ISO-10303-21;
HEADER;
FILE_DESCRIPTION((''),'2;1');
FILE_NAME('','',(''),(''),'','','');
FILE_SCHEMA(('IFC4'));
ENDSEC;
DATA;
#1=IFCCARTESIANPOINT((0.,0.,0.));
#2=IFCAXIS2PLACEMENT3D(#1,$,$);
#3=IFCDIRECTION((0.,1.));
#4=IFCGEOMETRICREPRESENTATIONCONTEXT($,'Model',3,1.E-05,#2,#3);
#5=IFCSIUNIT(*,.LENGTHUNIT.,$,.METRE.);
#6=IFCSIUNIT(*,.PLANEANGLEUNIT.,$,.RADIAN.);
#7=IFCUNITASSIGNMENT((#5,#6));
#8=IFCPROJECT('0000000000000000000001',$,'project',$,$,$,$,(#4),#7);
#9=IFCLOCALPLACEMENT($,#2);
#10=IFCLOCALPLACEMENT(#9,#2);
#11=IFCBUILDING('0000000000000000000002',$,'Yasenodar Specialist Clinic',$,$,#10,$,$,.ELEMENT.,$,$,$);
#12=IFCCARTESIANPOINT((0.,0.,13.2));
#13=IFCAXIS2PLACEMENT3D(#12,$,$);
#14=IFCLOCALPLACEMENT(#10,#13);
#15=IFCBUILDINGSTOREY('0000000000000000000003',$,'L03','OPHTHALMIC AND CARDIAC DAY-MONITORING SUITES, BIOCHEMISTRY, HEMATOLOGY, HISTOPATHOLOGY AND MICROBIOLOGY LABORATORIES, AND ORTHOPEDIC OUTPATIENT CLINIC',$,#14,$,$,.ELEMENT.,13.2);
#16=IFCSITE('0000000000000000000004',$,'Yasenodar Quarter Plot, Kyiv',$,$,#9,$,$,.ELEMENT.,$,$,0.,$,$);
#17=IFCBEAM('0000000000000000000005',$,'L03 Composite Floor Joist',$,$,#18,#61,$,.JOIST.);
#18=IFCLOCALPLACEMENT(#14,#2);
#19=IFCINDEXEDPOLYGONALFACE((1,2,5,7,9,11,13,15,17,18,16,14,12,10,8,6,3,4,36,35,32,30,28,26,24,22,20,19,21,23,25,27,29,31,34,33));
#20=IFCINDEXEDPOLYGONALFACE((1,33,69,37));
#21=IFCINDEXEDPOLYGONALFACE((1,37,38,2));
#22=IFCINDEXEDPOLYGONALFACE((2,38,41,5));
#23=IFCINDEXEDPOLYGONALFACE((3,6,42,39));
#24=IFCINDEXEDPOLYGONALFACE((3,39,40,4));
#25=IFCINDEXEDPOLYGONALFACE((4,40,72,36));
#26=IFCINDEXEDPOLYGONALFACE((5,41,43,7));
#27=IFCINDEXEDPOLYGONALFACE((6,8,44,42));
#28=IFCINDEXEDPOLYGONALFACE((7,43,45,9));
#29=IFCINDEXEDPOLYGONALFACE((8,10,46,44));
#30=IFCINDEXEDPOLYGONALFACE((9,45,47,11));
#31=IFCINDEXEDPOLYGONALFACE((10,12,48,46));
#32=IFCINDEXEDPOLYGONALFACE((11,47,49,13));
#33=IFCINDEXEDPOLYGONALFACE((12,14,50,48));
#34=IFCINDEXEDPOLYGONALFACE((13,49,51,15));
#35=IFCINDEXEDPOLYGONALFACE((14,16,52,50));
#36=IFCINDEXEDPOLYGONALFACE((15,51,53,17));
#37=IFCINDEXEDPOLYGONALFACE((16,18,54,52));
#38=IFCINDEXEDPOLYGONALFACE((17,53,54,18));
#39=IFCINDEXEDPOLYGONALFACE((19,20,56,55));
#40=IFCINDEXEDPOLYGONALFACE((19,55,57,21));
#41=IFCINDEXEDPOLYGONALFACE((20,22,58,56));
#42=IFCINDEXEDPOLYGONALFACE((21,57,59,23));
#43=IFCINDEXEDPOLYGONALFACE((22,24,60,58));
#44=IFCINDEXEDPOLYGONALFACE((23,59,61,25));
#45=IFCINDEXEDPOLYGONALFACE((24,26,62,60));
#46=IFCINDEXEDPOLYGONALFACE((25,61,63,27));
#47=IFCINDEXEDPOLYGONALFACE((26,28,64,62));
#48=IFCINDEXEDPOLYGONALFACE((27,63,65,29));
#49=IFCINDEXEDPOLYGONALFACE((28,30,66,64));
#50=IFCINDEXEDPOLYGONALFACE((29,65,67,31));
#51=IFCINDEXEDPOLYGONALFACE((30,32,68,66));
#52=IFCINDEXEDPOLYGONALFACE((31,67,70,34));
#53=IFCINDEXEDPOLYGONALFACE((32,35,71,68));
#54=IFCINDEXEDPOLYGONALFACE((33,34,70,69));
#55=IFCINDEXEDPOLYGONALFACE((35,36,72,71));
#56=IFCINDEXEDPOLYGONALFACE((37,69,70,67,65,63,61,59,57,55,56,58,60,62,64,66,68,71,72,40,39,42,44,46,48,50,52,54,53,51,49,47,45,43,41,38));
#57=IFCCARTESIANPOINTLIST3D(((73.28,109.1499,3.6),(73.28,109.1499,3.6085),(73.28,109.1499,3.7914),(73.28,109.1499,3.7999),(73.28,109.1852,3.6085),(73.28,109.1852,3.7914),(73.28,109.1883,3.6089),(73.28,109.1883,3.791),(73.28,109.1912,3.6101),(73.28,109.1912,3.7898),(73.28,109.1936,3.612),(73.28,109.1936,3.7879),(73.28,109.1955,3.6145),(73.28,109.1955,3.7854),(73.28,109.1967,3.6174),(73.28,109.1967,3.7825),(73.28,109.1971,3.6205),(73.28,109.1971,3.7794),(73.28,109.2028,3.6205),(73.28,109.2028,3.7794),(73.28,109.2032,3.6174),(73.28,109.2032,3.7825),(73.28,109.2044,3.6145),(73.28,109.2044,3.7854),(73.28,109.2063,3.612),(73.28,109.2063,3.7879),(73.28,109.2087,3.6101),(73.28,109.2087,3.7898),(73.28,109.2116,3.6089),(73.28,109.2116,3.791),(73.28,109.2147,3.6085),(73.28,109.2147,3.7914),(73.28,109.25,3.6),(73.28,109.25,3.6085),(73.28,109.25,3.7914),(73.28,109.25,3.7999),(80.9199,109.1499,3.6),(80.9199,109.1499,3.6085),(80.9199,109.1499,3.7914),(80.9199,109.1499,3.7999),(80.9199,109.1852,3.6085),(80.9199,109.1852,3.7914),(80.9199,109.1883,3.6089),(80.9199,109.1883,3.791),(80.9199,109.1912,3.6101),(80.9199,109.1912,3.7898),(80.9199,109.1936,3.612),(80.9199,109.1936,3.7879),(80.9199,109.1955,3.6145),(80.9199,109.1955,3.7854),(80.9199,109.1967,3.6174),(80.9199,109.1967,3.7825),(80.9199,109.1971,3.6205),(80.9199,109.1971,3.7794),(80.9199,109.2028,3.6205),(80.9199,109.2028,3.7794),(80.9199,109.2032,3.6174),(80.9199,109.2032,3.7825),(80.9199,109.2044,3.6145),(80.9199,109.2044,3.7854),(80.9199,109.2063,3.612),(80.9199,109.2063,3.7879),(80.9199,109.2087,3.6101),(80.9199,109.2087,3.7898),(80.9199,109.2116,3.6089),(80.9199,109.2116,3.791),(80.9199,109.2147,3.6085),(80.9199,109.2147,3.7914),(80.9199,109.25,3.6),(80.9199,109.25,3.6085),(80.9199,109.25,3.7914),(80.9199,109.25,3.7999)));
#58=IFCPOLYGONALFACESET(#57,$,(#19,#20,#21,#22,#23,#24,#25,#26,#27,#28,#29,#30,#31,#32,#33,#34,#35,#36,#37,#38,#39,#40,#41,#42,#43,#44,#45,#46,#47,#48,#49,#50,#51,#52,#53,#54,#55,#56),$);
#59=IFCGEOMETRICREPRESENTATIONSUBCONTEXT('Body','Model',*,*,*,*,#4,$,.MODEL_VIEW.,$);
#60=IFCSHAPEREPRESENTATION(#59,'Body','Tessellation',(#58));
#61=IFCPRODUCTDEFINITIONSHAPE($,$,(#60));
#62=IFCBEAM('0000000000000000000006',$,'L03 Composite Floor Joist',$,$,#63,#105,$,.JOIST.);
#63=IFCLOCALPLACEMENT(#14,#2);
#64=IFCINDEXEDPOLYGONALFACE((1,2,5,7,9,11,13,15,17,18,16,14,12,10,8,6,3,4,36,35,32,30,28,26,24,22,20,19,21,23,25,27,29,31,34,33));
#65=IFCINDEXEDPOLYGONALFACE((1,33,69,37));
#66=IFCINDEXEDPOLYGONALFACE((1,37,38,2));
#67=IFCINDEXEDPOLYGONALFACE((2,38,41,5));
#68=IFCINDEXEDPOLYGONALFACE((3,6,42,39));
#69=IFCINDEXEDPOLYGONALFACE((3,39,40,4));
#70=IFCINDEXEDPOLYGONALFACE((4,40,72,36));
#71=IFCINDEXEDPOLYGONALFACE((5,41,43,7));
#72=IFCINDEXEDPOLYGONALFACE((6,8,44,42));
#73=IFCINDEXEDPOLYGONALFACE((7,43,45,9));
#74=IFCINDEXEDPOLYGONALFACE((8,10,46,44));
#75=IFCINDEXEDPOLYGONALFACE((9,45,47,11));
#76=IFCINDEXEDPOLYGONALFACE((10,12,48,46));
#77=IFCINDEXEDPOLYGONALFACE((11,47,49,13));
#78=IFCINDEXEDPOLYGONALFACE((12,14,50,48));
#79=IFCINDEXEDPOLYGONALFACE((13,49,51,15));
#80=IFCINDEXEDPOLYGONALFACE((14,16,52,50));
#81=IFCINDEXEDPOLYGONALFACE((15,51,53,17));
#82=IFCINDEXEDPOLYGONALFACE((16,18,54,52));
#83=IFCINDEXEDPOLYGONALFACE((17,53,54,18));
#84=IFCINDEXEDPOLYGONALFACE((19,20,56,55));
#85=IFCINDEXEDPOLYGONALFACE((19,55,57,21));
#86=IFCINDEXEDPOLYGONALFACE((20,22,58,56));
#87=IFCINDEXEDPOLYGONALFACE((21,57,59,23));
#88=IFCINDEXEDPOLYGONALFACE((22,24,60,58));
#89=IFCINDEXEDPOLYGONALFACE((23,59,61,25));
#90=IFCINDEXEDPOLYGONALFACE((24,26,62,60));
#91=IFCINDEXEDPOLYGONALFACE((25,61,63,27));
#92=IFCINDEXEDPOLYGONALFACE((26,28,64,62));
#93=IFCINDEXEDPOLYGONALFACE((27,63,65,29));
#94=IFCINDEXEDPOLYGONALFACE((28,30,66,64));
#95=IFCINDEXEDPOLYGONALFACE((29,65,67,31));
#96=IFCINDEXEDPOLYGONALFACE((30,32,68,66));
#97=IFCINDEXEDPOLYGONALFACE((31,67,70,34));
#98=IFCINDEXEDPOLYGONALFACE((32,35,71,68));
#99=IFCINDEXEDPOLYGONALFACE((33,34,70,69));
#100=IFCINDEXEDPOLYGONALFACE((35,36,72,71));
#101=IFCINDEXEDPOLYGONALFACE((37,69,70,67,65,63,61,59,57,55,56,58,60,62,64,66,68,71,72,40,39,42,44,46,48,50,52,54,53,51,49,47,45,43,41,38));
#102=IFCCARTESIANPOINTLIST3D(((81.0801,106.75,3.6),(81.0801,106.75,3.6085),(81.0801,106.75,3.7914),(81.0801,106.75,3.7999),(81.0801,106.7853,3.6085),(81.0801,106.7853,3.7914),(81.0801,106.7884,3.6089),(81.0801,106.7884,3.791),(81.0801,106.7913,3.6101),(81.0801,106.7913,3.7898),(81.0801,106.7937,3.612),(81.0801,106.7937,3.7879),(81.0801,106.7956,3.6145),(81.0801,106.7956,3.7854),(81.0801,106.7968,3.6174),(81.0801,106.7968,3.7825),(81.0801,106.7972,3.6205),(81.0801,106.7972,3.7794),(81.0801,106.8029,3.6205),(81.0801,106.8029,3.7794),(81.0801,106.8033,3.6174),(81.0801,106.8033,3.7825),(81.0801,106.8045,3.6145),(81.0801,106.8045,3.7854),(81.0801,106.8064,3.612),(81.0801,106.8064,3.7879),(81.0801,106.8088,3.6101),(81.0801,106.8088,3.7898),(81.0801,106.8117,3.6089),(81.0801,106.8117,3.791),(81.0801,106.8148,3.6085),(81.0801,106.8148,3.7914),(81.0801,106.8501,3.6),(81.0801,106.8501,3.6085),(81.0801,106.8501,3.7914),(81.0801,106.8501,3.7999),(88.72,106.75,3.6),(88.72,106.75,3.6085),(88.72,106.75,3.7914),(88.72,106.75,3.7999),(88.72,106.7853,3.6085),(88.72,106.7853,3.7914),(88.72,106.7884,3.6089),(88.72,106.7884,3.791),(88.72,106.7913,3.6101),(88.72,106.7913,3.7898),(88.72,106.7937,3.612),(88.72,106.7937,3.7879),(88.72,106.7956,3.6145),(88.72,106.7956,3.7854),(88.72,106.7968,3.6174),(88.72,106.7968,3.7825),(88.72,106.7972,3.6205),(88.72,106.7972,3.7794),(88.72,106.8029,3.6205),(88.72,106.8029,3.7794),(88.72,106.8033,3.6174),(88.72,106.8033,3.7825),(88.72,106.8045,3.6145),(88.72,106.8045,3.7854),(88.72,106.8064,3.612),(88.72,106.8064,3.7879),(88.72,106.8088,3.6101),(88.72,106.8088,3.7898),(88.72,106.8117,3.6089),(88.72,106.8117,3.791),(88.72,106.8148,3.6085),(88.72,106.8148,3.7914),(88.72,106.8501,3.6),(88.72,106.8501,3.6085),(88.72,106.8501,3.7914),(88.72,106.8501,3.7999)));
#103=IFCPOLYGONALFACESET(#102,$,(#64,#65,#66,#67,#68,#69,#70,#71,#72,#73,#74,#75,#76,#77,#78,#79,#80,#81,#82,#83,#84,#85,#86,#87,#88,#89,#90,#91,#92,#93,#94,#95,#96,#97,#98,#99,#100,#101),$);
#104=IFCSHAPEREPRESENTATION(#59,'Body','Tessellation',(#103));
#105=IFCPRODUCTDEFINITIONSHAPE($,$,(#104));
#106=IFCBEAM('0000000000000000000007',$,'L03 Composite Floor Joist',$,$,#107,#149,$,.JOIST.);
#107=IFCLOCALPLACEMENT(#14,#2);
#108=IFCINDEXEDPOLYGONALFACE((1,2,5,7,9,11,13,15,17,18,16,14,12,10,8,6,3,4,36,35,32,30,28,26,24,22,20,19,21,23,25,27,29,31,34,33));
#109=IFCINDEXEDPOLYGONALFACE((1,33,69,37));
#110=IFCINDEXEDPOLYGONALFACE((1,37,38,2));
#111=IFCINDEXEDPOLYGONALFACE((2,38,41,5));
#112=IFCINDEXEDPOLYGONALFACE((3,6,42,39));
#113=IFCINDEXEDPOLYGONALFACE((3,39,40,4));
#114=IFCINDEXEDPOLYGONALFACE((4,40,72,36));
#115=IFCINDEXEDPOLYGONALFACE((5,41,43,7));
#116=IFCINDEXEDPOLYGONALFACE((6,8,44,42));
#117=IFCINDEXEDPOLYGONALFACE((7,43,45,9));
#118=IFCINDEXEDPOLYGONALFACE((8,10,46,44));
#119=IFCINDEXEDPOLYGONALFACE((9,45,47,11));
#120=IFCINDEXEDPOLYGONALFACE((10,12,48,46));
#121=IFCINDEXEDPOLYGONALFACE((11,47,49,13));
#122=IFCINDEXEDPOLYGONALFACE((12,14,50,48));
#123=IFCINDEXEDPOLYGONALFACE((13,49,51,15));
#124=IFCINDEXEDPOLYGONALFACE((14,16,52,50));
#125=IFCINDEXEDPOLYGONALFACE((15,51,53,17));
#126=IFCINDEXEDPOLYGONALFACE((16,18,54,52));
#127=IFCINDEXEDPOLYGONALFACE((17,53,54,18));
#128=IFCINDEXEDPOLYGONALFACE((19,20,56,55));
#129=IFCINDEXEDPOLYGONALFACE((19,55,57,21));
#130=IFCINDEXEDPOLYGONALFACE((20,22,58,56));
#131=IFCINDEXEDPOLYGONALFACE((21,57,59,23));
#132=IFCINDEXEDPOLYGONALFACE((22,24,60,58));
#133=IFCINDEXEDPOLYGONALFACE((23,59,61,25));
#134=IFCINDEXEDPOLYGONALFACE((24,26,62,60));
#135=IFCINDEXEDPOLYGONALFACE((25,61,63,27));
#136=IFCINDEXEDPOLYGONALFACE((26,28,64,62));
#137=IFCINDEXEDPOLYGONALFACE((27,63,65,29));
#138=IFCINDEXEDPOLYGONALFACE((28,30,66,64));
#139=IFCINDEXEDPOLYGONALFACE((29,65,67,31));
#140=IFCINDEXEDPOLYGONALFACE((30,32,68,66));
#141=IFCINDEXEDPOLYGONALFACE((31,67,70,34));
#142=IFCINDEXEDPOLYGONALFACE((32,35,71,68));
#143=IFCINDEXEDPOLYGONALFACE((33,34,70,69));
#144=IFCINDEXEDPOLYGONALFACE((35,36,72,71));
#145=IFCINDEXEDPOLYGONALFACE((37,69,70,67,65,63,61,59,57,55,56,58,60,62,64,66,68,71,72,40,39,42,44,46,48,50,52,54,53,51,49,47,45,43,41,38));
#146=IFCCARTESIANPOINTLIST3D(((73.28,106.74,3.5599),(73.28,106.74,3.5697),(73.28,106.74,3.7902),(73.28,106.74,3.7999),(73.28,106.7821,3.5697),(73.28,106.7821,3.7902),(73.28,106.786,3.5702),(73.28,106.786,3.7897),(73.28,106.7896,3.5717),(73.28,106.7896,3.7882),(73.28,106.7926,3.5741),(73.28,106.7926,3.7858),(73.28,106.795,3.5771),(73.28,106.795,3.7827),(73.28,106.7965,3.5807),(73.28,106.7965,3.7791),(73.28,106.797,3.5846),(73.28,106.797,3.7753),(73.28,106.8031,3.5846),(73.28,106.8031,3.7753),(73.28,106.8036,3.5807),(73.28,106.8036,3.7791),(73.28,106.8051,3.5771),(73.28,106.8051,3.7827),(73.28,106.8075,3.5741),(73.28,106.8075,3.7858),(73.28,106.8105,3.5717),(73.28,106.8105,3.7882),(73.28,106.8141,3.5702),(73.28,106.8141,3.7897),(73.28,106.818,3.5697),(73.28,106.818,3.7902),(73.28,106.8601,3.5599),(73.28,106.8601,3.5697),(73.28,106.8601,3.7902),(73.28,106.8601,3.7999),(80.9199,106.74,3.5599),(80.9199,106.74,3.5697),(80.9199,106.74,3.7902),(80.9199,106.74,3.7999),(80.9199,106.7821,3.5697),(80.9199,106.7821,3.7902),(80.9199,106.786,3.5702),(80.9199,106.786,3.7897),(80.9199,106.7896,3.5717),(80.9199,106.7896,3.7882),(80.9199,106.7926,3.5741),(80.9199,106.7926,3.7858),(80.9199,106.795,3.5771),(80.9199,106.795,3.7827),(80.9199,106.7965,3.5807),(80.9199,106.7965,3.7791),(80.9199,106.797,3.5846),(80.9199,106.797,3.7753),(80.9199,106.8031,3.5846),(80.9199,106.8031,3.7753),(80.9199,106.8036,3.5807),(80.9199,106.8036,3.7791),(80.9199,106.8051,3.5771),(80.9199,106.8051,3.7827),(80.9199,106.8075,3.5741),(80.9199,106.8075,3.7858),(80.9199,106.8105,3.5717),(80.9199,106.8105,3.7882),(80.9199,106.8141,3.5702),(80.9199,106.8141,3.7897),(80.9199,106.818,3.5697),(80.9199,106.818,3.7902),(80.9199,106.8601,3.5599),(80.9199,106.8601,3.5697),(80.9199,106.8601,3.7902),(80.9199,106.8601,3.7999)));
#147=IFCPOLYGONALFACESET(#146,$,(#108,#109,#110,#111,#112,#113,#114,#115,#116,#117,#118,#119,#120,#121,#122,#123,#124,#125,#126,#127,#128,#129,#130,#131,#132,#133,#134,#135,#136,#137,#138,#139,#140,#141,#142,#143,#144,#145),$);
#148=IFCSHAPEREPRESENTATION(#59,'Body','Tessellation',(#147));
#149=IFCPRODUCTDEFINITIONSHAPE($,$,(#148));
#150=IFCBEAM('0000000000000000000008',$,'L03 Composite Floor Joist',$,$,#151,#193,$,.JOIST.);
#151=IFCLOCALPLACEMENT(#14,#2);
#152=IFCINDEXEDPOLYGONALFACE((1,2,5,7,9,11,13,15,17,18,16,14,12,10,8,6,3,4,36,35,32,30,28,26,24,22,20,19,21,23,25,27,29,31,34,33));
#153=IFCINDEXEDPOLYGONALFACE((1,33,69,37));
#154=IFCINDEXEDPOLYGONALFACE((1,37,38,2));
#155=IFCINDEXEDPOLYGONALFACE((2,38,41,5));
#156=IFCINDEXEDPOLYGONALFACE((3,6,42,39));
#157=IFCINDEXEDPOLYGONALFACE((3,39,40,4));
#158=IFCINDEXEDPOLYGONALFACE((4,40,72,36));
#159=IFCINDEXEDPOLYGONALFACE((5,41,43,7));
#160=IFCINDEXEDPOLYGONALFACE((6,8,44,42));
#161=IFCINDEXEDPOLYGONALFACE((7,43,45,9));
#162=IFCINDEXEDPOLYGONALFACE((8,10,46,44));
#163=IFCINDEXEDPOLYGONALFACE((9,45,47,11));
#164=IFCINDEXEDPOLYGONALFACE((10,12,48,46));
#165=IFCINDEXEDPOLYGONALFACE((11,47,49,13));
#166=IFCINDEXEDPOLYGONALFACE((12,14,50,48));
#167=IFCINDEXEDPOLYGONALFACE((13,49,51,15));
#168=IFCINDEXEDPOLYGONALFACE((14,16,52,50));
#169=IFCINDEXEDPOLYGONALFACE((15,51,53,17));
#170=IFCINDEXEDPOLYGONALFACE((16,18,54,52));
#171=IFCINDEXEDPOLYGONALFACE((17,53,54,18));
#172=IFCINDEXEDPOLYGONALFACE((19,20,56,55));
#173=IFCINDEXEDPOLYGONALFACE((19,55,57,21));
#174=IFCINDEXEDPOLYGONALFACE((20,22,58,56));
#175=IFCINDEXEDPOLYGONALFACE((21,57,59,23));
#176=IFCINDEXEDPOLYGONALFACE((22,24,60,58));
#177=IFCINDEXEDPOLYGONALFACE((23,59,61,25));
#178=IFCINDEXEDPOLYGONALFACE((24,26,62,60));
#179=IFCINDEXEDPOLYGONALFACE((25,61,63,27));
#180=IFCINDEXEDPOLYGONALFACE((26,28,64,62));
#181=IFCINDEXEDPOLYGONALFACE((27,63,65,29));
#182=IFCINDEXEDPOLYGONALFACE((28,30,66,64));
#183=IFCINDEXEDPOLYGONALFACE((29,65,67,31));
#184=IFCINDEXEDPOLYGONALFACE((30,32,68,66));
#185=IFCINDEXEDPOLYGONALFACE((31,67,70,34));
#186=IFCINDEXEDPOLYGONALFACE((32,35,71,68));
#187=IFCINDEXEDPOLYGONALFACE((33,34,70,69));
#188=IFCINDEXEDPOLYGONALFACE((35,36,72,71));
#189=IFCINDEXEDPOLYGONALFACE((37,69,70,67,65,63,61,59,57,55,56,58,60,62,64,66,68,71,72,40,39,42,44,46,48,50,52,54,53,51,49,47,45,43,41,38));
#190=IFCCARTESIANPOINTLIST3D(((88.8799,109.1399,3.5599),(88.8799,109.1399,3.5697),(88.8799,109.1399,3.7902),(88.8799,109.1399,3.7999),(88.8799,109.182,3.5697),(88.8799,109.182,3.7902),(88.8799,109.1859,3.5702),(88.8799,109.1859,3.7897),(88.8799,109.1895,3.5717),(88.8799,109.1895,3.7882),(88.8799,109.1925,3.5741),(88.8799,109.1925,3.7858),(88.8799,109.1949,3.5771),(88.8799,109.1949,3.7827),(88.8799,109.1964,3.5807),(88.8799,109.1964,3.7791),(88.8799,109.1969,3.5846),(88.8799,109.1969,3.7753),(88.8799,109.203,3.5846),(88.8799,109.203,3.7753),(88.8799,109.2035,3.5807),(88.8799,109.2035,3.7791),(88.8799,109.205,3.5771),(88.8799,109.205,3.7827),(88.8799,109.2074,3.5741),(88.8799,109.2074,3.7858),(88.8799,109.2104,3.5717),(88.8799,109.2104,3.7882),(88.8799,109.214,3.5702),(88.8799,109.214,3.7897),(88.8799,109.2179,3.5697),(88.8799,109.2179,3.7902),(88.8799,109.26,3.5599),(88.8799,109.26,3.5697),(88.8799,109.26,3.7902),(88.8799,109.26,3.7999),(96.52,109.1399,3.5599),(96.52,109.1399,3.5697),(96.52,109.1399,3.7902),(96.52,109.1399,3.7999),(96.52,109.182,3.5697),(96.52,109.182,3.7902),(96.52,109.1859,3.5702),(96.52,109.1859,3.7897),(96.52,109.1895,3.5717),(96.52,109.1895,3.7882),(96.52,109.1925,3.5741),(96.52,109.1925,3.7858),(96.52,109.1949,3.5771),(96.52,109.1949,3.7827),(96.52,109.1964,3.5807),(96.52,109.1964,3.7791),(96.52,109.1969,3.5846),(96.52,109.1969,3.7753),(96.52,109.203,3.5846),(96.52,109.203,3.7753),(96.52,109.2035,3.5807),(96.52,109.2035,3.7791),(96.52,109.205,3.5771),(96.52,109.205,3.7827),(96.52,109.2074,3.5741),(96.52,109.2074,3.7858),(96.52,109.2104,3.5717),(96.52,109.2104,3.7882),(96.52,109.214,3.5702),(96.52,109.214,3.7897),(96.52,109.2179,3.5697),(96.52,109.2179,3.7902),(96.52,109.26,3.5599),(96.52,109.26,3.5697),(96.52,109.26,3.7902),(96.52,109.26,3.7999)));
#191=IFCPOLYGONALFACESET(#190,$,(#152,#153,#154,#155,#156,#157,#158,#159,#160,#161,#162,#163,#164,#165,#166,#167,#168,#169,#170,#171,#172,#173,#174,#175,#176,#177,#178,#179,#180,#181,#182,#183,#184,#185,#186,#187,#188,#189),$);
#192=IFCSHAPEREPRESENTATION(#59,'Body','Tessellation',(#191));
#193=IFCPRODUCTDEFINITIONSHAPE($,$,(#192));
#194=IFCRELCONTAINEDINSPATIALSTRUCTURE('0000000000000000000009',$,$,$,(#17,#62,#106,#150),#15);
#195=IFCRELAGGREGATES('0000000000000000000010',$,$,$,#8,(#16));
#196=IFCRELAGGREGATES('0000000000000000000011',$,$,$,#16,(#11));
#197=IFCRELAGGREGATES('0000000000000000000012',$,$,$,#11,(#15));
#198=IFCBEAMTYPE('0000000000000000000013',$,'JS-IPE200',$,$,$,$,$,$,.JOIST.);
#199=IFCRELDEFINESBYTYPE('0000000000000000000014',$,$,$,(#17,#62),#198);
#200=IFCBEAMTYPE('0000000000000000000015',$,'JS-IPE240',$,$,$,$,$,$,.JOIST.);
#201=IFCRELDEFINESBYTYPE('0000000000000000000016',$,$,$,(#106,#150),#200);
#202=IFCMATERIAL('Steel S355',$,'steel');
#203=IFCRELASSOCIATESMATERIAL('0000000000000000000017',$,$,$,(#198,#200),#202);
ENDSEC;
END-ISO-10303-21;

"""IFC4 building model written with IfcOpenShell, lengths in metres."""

from ifc_helpers import new_model, si_unit, direction, frame, origin, origin_2d, place, context, subcontext, project, spatial, i_section, extrude, material, material_profile, profile_set, type_object, element, save


model = new_model("IFC4")

# Units and contexts
model_context = context("Model", 3, precision=1e-05, world=origin(), true_north=direction((0.0, 1.0)))
body_context = subcontext(model_context, "Body", "Model", "MODEL_VIEW")
ifc_project = project(units=[si_unit("LENGTHUNIT", "METRE"), si_unit("PLANEANGLEUNIT", "RADIAN")], contexts=[model_context])

# Site, building, storey
site_placement = place(None, origin())
site = spatial("IfcSite", under=ifc_project, at=site_placement, Name="Yasenodar Quarter Plot, Kyiv", CompositionType="ELEMENT", RefElevation=0.0)
building_placement = place(site_placement, origin())
building = spatial("IfcBuilding", under=site, at=building_placement, Name="Yasenodar Specialist Clinic", CompositionType="ELEMENT")
storey_placement = place(building_placement, frame((0.0, 0.0, 13.2)))
storey = spatial("IfcBuildingStorey", under=building, at=storey_placement, Name="L03", Description="OPHTHALMIC AND CARDIAC DAY-MONITORING SUITES, BIOCHEMISTRY, HEMATOLOGY, HISTOPATHOLOGY AND MICROBIOLOGY LABORATORIES, AND ORTHOPEDIC OUTPATIENT CLINIC", CompositionType="ELEMENT", Elevation=13.2)

# Shared definitions
ifc_material_1 = material(Name="Steel S355", Category="steel")

# Beams
ifc_material_profile_1 = material_profile(ifc_material_1, i_section(OverallWidth=0.1001, OverallDepth=0.2, WebThickness=0.0056, FlangeThickness=0.0085, FilletRadius=0.012, at=origin_2d()), Name="IPE 200")
ifc_profile_set_1 = profile_set([ifc_material_profile_1], Name="Steel S355")
beam_type_1 = type_object("IfcBeamType", Name="JS-IPE200", PredefinedType="JOIST", material=ifc_profile_set_1)
for number, where, z_axis, x_axis, name in (
    (1, (73.28, 109.2, 3.7), (1.0, 0.0, 0.0), (0.0, 1.0, 0.0), "L03 Composite Floor Joist"),
    (2, (81.0801, 106.8, 3.7), (1.0, 0.0, 0.0), (0.0, 1.0, 0.0), "L03 Composite Floor Joist"),
):
    element("IfcBeam", number, at=place(storey_placement, frame(where, z_axis=z_axis, x_axis=x_axis)), inside=storey, type_object=beam_type_1, Name=name, PredefinedType="JOIST", context=body_context, shape_type="SweptSolid", body=[
        extrude(i_section(OverallWidth=0.1001, OverallDepth=0.2, WebThickness=0.0056, FlangeThickness=0.0085, FilletRadius=0.012, at=origin_2d()), origin(), (0.0, 0.0, 1.0), 7.6399),
    ])
ifc_material_profile_2 = material_profile(ifc_material_1, i_section(OverallWidth=0.1201, OverallDepth=0.24, WebThickness=0.0061, FlangeThickness=0.0098, FilletRadius=0.0149, at=origin_2d()), Name="IPE 240")
ifc_profile_set_2 = profile_set([ifc_material_profile_2], Name="Steel S355")
beam_type_2 = type_object("IfcBeamType", Name="JS-IPE240", PredefinedType="JOIST", material=ifc_profile_set_2)
beam_1_placement = place(storey_placement, frame((73.28, 106.8, 3.6799), z_axis=(1.0, 0.0, 0.0), x_axis=(0.0, 1.0, 0.0)))
element("IfcBeam", 3, at=beam_1_placement, inside=storey, type_object=beam_type_2, Name="L03 Composite Floor Joist", PredefinedType="JOIST", context=body_context, shape_type="SweptSolid", body=[
    extrude(i_section(OverallWidth=0.1201, OverallDepth=0.24, WebThickness=0.0061, FlangeThickness=0.0098, FilletRadius=0.0149, at=origin_2d()), origin(), (0.0, 0.0, 1.0), 7.6399),
])
beam_2_placement = place(storey_placement, frame((88.8799, 109.2, 3.6799), z_axis=(1.0, 0.0, 0.0), x_axis=(0.0, 1.0, 0.0)))
element("IfcBeam", 4, at=beam_2_placement, inside=storey, type_object=beam_type_2, Name="L03 Composite Floor Joist", PredefinedType="JOIST", context=body_context, shape_type="SweptSolid", body=[
    extrude(i_section(OverallWidth=0.1201, OverallDepth=0.24, WebThickness=0.0061, FlangeThickness=0.0098, FilletRadius=0.0149, at=origin_2d()), origin(), (0.0, 0.0, 1.0), 7.6401),
])

save(model, "model.ifc")
